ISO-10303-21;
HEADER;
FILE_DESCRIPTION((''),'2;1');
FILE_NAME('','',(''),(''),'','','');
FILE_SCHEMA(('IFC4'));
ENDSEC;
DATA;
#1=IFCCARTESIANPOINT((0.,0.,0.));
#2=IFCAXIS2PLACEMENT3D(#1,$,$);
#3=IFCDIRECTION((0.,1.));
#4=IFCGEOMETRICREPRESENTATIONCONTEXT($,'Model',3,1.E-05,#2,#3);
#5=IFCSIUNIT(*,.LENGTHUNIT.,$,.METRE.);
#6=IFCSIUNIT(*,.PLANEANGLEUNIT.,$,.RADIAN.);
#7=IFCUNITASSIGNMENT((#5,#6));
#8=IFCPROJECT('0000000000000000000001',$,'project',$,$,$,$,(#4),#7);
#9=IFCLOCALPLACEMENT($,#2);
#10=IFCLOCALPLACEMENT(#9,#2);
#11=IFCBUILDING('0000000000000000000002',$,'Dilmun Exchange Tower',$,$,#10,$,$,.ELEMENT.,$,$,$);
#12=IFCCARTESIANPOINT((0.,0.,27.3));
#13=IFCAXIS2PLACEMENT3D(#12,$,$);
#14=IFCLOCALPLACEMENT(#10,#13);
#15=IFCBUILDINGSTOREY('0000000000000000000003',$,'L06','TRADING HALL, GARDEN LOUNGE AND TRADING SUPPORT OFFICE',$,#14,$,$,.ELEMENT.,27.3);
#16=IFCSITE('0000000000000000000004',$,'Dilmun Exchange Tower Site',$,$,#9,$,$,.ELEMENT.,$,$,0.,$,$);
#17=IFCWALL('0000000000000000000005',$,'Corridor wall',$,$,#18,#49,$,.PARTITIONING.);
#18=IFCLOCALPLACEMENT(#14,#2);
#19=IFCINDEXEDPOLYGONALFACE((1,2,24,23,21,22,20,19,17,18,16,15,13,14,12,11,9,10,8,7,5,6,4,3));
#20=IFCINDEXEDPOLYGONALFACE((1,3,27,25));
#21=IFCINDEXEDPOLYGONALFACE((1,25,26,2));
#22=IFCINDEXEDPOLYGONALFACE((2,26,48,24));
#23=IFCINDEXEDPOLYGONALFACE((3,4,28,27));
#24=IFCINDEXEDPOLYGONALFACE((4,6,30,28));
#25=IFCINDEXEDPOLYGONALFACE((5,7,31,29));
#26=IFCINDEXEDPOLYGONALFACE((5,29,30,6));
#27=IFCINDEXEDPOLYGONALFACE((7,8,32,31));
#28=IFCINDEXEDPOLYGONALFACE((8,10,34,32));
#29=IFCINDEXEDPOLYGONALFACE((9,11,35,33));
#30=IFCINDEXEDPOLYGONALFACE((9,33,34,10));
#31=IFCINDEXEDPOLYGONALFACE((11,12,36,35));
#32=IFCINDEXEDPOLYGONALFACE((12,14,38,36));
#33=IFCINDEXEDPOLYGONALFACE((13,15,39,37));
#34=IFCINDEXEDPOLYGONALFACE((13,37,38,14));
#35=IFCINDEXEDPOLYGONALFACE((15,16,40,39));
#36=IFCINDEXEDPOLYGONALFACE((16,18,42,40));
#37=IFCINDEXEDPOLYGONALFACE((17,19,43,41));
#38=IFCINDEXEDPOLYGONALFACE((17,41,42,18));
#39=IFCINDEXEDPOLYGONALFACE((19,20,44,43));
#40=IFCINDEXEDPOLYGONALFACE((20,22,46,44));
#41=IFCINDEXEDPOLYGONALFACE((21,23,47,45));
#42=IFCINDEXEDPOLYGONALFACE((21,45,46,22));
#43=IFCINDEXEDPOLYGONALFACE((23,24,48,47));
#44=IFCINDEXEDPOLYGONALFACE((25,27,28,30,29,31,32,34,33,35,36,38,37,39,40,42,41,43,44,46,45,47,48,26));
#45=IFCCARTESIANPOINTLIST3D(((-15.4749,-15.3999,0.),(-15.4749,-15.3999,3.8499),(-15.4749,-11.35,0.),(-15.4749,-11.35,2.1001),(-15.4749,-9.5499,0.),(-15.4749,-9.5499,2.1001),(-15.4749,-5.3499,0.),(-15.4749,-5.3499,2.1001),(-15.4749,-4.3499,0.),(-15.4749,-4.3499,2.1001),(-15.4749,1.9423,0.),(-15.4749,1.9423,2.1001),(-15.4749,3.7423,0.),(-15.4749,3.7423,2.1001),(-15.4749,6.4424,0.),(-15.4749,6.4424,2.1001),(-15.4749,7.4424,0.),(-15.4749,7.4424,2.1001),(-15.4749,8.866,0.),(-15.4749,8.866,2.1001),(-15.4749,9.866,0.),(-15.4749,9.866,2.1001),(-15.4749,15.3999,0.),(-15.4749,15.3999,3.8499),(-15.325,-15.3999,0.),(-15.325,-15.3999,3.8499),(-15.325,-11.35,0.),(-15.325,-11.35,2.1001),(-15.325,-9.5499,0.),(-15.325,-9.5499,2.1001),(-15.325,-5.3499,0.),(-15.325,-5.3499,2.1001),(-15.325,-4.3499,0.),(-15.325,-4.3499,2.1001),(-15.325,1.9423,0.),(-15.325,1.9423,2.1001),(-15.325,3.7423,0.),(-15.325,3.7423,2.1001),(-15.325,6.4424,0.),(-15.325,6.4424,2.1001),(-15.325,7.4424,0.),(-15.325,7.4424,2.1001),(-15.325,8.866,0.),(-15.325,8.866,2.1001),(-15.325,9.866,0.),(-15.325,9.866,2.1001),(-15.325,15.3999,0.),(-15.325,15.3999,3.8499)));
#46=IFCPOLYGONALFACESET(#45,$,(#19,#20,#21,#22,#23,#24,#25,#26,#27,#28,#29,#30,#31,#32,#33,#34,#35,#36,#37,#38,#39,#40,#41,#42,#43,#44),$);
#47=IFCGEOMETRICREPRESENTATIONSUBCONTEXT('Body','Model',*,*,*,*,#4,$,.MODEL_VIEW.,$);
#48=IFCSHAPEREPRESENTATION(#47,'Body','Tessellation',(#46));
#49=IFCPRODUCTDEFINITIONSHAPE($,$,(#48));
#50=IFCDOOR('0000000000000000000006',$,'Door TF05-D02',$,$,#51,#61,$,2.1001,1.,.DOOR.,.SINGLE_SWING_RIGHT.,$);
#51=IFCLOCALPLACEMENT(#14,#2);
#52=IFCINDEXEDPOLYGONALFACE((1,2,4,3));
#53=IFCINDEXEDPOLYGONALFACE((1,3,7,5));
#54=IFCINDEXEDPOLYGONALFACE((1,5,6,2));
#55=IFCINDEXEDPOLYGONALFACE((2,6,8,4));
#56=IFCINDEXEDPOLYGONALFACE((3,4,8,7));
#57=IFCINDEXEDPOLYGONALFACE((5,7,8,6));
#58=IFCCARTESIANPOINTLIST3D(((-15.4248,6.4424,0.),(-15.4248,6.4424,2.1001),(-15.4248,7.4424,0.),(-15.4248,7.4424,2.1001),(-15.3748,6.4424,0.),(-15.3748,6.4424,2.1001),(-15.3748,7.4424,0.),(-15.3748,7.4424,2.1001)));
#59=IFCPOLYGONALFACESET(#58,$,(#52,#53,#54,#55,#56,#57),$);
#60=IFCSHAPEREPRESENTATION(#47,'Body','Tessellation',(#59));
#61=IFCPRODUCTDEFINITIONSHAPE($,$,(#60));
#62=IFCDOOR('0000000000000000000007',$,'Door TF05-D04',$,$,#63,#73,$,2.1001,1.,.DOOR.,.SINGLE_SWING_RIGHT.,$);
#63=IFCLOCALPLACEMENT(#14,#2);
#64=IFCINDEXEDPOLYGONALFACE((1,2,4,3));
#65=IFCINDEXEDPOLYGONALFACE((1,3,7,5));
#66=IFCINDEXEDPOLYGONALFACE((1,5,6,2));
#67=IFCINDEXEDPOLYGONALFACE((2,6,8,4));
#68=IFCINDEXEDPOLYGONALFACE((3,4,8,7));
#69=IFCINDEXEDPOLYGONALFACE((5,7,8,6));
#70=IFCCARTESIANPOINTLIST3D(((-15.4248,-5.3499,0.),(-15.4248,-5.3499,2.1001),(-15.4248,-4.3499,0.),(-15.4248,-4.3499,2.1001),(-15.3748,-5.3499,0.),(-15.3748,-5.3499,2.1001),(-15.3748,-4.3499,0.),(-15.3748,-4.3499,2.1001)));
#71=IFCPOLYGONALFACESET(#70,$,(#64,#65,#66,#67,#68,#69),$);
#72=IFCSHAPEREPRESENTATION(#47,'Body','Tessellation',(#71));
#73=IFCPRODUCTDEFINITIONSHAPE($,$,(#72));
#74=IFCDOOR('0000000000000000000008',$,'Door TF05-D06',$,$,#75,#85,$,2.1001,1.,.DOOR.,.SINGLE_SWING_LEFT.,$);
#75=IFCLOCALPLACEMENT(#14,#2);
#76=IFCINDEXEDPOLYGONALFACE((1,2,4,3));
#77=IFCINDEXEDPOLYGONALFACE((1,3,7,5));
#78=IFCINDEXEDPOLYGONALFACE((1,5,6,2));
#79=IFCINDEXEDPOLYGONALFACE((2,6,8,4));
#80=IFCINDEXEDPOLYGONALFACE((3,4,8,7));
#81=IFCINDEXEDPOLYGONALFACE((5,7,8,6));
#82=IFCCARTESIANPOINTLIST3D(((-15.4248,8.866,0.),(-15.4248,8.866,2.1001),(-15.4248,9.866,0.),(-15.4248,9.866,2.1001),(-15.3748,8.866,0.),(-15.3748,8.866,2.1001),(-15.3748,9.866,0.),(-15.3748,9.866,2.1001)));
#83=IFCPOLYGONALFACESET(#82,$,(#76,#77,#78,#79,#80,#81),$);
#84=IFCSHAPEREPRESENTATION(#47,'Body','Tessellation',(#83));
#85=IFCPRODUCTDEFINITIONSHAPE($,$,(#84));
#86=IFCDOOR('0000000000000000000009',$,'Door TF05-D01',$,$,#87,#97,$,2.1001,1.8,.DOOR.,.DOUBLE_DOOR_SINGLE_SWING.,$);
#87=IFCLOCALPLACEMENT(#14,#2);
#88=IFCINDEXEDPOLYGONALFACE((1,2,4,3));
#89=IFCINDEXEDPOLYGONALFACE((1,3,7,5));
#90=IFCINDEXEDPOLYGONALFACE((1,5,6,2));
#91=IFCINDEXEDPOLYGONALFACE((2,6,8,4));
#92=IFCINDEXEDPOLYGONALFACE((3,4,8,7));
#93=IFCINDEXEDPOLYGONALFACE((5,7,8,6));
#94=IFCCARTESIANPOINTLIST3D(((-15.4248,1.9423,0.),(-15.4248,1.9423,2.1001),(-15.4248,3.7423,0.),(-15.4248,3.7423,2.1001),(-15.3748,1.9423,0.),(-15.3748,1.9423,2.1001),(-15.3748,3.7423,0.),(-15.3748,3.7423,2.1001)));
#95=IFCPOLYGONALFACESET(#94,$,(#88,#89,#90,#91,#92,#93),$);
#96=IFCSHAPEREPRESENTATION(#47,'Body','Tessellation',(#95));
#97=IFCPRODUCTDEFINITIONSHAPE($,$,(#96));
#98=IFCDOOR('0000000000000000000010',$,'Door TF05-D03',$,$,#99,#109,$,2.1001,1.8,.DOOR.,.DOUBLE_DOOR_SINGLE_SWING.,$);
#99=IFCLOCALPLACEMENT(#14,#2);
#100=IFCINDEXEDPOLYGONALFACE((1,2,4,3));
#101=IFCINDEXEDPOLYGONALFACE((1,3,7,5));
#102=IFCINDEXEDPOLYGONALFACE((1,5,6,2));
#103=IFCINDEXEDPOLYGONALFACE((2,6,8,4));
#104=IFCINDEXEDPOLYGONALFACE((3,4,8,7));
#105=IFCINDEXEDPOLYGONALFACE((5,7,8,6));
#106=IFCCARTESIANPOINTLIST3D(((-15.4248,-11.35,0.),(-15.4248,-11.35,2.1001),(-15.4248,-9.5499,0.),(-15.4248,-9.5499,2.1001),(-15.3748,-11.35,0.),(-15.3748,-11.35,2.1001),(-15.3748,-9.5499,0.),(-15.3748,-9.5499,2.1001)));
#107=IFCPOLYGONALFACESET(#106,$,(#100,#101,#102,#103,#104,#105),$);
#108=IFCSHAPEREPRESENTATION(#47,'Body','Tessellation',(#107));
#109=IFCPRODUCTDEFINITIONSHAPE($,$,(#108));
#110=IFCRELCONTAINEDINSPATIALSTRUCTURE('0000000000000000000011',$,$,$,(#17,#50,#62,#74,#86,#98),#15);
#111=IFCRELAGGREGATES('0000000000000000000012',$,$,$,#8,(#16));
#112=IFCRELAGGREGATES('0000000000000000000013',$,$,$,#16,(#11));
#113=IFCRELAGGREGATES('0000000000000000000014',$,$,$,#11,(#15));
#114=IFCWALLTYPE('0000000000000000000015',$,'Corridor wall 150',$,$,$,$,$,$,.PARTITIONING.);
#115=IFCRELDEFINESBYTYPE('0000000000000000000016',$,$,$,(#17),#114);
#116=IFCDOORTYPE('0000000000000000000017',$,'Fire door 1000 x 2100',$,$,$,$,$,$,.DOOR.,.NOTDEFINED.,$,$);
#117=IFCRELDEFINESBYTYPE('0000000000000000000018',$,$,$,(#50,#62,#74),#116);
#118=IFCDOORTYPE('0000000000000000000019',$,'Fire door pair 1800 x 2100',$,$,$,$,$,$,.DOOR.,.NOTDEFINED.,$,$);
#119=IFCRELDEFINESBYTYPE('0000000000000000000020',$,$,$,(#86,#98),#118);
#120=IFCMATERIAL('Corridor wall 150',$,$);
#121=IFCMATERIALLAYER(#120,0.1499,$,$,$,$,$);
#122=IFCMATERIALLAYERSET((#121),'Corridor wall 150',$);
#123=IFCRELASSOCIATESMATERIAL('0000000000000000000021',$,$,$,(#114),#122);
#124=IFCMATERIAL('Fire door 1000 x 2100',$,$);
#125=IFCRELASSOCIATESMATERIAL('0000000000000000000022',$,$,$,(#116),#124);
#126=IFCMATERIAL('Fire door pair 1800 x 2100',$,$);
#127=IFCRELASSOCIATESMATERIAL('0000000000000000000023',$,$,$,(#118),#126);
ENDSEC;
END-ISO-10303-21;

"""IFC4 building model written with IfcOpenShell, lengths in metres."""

from ifc_helpers import new_model, si_unit, direction, frame, frame_2d, origin, place, context, subcontext, project, spatial, rectangle, extrude, material, layer, layer_set, type_object, element, fill, save


model = new_model("IFC4")

# Units and contexts
model_context = context("Model", 3, precision=1e-05, world=origin(), true_north=direction((0.0, 1.0)))
body_context = subcontext(model_context, "Body", "Model", "MODEL_VIEW")
ifc_project = project(units=[si_unit("LENGTHUNIT", "METRE"), si_unit("PLANEANGLEUNIT", "RADIAN")], contexts=[model_context])

# Site, building, storey
site_placement = place(None, origin())
site = spatial("IfcSite", under=ifc_project, at=site_placement, Name="Dilmun Exchange Tower Site", CompositionType="ELEMENT", RefElevation=0.0)
building_placement = place(site_placement, origin())
building = spatial("IfcBuilding", under=site, at=building_placement, Name="Dilmun Exchange Tower", CompositionType="ELEMENT")
storey_placement = place(building_placement, frame((0.0, 0.0, 27.3)))
storey = spatial("IfcBuildingStorey", under=building, at=storey_placement, Name="L06", Description="TRADING HALL, GARDEN LOUNGE AND TRADING SUPPORT OFFICE", CompositionType="ELEMENT", Elevation=27.3)

# Wall, openings, doors
ifc_material_1 = material(Name="Corridor wall 150")
ifc_layer_1 = layer(ifc_material_1, 0.1499)
ifc_layer_set_1 = layer_set([ifc_layer_1], Name="Corridor wall 150")
wall_type_1 = type_object("IfcWallType", Name="Corridor wall 150", PredefinedType="PARTITIONING", material=ifc_layer_set_1)
wall_1_placement = place(storey_placement, frame((-15.3999, -15.3999, 0.0), z_axis=(0.0, 0.0, 1.0), x_axis=(0.0, 1.0, 0.0)))
wall_1 = element("IfcWall", 1, at=wall_1_placement, inside=storey, type_object=wall_type_1, Name="Corridor wall", PredefinedType="PARTITIONING", context=body_context, shape_type="SweptSolid", body=[
    extrude(rectangle(XDim=30.7998, YDim=0.1499, at=frame_2d((15.3999, 0.0))), origin(), (0.0, 0.0, 1.0), 3.8499),
])
opening_1_placement = place(wall_1_placement, frame((17.3423, 0.0, 0.0)))
opening_1 = element("IfcOpeningElement", 2, at=opening_1_placement, cuts=wall_1, PredefinedType="OPENING", context=body_context, shape_type="SweptSolid", body=[
    extrude(rectangle(XDim=1.8, YDim=2.1001, at=frame_2d((0.8999, 1.05))), frame((0.0, 0.085, 0.0), z_axis=(0.0, -1.0, 0.0), x_axis=(1.0, 0.0, 0.0)), (0.0, 0.0, 1.0), 0.1699),
])
opening_2_placement = place(wall_1_placement, frame((21.8423, 0.0, 0.0)))
opening_2 = element("IfcOpeningElement", 3, at=opening_2_placement, cuts=wall_1, PredefinedType="OPENING", context=body_context, shape_type="SweptSolid", body=[
    extrude(rectangle(XDim=1.0, YDim=2.1001, at=frame_2d((0.5, 1.05))), frame((0.0, 0.085, 0.0), z_axis=(0.0, -1.0, 0.0), x_axis=(1.0, 0.0, 0.0)), (0.0, 0.0, 1.0), 0.1699),
])
opening_3_placement = place(wall_1_placement, frame((4.05, 0.0, 0.0)))
opening_3 = element("IfcOpeningElement", 4, at=opening_3_placement, cuts=wall_1, PredefinedType="OPENING", context=body_context, shape_type="SweptSolid", body=[
    extrude(rectangle(XDim=1.8, YDim=2.1001, at=frame_2d((0.8999, 1.05))), frame((0.0, 0.085, 0.0), z_axis=(0.0, -1.0, 0.0), x_axis=(1.0, 0.0, 0.0)), (0.0, 0.0, 1.0), 0.1699),
])
opening_4_placement = place(wall_1_placement, frame((10.05, 0.0, 0.0)))
opening_4 = element("IfcOpeningElement", 5, at=opening_4_placement, cuts=wall_1, PredefinedType="OPENING", context=body_context, shape_type="SweptSolid", body=[
    extrude(rectangle(XDim=1.0, YDim=2.1001, at=frame_2d((0.5, 1.05))), frame((0.0, 0.085, 0.0), z_axis=(0.0, -1.0, 0.0), x_axis=(1.0, 0.0, 0.0)), (0.0, 0.0, 1.0), 0.1699),
])
opening_5_placement = place(wall_1_placement, frame((24.2659, 0.0, 0.0)))
opening_5 = element("IfcOpeningElement", 6, at=opening_5_placement, cuts=wall_1, PredefinedType="OPENING", context=body_context, shape_type="SweptSolid", body=[
    extrude(rectangle(XDim=1.0, YDim=2.1001, at=frame_2d((0.5, 1.05))), frame((0.0, 0.085, 0.0), z_axis=(0.0, -1.0, 0.0), x_axis=(1.0, 0.0, 0.0)), (0.0, 0.0, 1.0), 0.1699),
])
ifc_material_2 = material(Name="Fire door 1000 x 2100")
door_type_1 = type_object("IfcDoorType", Name="Fire door 1000 x 2100", OperationType="NOTDEFINED", PredefinedType="DOOR", material=ifc_material_2)
door_1_placement = place(opening_2_placement, origin())
door_1 = element("IfcDoor", 7, at=door_1_placement, inside=storey, type_object=door_type_1, Name="Door TF05-D02", OperationType="SINGLE_SWING_RIGHT", OverallHeight=2.1001, OverallWidth=1.0, PredefinedType="DOOR", context=body_context, shape_type="SweptSolid", body=[
    extrude(rectangle(XDim=1.0, YDim=2.1001, at=frame_2d((0.5, 1.05))), frame((0.0, 0.0249, 0.0), z_axis=(0.0, -1.0, 0.0), x_axis=(1.0, 0.0, 0.0)), (0.0, 0.0, 1.0), 0.05),
])
fill(opening_2, door_1)
door_2_placement = place(opening_4_placement, origin())
door_2 = element("IfcDoor", 8, at=door_2_placement, inside=storey, type_object=door_type_1, Name="Door TF05-D04", OperationType="SINGLE_SWING_RIGHT", OverallHeight=2.1001, OverallWidth=1.0, PredefinedType="DOOR", context=body_context, shape_type="SweptSolid", body=[
    extrude(rectangle(XDim=1.0, YDim=2.1001, at=frame_2d((0.5, 1.05))), frame((0.0, 0.0249, 0.0), z_axis=(0.0, -1.0, 0.0), x_axis=(1.0, 0.0, 0.0)), (0.0, 0.0, 1.0), 0.05),
])
fill(opening_4, door_2)
door_3_placement = place(opening_5_placement, origin())
door_3 = element("IfcDoor", 9, at=door_3_placement, inside=storey, type_object=door_type_1, Name="Door TF05-D06", OperationType="SINGLE_SWING_LEFT", OverallHeight=2.1001, OverallWidth=1.0, PredefinedType="DOOR", context=body_context, shape_type="SweptSolid", body=[
    extrude(rectangle(XDim=1.0, YDim=2.1001, at=frame_2d((0.5, 1.05))), frame((0.0, 0.0249, 0.0), z_axis=(0.0, -1.0, 0.0), x_axis=(1.0, 0.0, 0.0)), (0.0, 0.0, 1.0), 0.05),
])
fill(opening_5, door_3)
ifc_material_3 = material(Name="Fire door pair 1800 x 2100")
door_type_2 = type_object("IfcDoorType", Name="Fire door pair 1800 x 2100", OperationType="NOTDEFINED", PredefinedType="DOOR", material=ifc_material_3)
door_4_placement = place(opening_1_placement, origin())
door_4 = element("IfcDoor", 10, at=door_4_placement, inside=storey, type_object=door_type_2, Name="Door TF05-D01", OperationType="DOUBLE_DOOR_SINGLE_SWING", OverallHeight=2.1001, OverallWidth=1.8, PredefinedType="DOOR", context=body_context, shape_type="SweptSolid", body=[
    extrude(rectangle(XDim=1.8, YDim=2.1001, at=frame_2d((0.8999, 1.05))), frame((0.0, 0.0249, 0.0), z_axis=(0.0, -1.0, 0.0), x_axis=(1.0, 0.0, 0.0)), (0.0, 0.0, 1.0), 0.05),
])
fill(opening_1, door_4)
door_5_placement = place(opening_3_placement, origin())
door_5 = element("IfcDoor", 11, at=door_5_placement, inside=storey, type_object=door_type_2, Name="Door TF05-D03", OperationType="DOUBLE_DOOR_SINGLE_SWING", OverallHeight=2.1001, OverallWidth=1.8, PredefinedType="DOOR", context=body_context, shape_type="SweptSolid", body=[
    extrude(rectangle(XDim=1.8, YDim=2.1001, at=frame_2d((0.8999, 1.05))), frame((0.0, 0.0249, 0.0), z_axis=(0.0, -1.0, 0.0), x_axis=(1.0, 0.0, 0.0)), (0.0, 0.0, 1.0), 0.05),
])
fill(opening_3, door_5)

save(model, "model.ifc")
